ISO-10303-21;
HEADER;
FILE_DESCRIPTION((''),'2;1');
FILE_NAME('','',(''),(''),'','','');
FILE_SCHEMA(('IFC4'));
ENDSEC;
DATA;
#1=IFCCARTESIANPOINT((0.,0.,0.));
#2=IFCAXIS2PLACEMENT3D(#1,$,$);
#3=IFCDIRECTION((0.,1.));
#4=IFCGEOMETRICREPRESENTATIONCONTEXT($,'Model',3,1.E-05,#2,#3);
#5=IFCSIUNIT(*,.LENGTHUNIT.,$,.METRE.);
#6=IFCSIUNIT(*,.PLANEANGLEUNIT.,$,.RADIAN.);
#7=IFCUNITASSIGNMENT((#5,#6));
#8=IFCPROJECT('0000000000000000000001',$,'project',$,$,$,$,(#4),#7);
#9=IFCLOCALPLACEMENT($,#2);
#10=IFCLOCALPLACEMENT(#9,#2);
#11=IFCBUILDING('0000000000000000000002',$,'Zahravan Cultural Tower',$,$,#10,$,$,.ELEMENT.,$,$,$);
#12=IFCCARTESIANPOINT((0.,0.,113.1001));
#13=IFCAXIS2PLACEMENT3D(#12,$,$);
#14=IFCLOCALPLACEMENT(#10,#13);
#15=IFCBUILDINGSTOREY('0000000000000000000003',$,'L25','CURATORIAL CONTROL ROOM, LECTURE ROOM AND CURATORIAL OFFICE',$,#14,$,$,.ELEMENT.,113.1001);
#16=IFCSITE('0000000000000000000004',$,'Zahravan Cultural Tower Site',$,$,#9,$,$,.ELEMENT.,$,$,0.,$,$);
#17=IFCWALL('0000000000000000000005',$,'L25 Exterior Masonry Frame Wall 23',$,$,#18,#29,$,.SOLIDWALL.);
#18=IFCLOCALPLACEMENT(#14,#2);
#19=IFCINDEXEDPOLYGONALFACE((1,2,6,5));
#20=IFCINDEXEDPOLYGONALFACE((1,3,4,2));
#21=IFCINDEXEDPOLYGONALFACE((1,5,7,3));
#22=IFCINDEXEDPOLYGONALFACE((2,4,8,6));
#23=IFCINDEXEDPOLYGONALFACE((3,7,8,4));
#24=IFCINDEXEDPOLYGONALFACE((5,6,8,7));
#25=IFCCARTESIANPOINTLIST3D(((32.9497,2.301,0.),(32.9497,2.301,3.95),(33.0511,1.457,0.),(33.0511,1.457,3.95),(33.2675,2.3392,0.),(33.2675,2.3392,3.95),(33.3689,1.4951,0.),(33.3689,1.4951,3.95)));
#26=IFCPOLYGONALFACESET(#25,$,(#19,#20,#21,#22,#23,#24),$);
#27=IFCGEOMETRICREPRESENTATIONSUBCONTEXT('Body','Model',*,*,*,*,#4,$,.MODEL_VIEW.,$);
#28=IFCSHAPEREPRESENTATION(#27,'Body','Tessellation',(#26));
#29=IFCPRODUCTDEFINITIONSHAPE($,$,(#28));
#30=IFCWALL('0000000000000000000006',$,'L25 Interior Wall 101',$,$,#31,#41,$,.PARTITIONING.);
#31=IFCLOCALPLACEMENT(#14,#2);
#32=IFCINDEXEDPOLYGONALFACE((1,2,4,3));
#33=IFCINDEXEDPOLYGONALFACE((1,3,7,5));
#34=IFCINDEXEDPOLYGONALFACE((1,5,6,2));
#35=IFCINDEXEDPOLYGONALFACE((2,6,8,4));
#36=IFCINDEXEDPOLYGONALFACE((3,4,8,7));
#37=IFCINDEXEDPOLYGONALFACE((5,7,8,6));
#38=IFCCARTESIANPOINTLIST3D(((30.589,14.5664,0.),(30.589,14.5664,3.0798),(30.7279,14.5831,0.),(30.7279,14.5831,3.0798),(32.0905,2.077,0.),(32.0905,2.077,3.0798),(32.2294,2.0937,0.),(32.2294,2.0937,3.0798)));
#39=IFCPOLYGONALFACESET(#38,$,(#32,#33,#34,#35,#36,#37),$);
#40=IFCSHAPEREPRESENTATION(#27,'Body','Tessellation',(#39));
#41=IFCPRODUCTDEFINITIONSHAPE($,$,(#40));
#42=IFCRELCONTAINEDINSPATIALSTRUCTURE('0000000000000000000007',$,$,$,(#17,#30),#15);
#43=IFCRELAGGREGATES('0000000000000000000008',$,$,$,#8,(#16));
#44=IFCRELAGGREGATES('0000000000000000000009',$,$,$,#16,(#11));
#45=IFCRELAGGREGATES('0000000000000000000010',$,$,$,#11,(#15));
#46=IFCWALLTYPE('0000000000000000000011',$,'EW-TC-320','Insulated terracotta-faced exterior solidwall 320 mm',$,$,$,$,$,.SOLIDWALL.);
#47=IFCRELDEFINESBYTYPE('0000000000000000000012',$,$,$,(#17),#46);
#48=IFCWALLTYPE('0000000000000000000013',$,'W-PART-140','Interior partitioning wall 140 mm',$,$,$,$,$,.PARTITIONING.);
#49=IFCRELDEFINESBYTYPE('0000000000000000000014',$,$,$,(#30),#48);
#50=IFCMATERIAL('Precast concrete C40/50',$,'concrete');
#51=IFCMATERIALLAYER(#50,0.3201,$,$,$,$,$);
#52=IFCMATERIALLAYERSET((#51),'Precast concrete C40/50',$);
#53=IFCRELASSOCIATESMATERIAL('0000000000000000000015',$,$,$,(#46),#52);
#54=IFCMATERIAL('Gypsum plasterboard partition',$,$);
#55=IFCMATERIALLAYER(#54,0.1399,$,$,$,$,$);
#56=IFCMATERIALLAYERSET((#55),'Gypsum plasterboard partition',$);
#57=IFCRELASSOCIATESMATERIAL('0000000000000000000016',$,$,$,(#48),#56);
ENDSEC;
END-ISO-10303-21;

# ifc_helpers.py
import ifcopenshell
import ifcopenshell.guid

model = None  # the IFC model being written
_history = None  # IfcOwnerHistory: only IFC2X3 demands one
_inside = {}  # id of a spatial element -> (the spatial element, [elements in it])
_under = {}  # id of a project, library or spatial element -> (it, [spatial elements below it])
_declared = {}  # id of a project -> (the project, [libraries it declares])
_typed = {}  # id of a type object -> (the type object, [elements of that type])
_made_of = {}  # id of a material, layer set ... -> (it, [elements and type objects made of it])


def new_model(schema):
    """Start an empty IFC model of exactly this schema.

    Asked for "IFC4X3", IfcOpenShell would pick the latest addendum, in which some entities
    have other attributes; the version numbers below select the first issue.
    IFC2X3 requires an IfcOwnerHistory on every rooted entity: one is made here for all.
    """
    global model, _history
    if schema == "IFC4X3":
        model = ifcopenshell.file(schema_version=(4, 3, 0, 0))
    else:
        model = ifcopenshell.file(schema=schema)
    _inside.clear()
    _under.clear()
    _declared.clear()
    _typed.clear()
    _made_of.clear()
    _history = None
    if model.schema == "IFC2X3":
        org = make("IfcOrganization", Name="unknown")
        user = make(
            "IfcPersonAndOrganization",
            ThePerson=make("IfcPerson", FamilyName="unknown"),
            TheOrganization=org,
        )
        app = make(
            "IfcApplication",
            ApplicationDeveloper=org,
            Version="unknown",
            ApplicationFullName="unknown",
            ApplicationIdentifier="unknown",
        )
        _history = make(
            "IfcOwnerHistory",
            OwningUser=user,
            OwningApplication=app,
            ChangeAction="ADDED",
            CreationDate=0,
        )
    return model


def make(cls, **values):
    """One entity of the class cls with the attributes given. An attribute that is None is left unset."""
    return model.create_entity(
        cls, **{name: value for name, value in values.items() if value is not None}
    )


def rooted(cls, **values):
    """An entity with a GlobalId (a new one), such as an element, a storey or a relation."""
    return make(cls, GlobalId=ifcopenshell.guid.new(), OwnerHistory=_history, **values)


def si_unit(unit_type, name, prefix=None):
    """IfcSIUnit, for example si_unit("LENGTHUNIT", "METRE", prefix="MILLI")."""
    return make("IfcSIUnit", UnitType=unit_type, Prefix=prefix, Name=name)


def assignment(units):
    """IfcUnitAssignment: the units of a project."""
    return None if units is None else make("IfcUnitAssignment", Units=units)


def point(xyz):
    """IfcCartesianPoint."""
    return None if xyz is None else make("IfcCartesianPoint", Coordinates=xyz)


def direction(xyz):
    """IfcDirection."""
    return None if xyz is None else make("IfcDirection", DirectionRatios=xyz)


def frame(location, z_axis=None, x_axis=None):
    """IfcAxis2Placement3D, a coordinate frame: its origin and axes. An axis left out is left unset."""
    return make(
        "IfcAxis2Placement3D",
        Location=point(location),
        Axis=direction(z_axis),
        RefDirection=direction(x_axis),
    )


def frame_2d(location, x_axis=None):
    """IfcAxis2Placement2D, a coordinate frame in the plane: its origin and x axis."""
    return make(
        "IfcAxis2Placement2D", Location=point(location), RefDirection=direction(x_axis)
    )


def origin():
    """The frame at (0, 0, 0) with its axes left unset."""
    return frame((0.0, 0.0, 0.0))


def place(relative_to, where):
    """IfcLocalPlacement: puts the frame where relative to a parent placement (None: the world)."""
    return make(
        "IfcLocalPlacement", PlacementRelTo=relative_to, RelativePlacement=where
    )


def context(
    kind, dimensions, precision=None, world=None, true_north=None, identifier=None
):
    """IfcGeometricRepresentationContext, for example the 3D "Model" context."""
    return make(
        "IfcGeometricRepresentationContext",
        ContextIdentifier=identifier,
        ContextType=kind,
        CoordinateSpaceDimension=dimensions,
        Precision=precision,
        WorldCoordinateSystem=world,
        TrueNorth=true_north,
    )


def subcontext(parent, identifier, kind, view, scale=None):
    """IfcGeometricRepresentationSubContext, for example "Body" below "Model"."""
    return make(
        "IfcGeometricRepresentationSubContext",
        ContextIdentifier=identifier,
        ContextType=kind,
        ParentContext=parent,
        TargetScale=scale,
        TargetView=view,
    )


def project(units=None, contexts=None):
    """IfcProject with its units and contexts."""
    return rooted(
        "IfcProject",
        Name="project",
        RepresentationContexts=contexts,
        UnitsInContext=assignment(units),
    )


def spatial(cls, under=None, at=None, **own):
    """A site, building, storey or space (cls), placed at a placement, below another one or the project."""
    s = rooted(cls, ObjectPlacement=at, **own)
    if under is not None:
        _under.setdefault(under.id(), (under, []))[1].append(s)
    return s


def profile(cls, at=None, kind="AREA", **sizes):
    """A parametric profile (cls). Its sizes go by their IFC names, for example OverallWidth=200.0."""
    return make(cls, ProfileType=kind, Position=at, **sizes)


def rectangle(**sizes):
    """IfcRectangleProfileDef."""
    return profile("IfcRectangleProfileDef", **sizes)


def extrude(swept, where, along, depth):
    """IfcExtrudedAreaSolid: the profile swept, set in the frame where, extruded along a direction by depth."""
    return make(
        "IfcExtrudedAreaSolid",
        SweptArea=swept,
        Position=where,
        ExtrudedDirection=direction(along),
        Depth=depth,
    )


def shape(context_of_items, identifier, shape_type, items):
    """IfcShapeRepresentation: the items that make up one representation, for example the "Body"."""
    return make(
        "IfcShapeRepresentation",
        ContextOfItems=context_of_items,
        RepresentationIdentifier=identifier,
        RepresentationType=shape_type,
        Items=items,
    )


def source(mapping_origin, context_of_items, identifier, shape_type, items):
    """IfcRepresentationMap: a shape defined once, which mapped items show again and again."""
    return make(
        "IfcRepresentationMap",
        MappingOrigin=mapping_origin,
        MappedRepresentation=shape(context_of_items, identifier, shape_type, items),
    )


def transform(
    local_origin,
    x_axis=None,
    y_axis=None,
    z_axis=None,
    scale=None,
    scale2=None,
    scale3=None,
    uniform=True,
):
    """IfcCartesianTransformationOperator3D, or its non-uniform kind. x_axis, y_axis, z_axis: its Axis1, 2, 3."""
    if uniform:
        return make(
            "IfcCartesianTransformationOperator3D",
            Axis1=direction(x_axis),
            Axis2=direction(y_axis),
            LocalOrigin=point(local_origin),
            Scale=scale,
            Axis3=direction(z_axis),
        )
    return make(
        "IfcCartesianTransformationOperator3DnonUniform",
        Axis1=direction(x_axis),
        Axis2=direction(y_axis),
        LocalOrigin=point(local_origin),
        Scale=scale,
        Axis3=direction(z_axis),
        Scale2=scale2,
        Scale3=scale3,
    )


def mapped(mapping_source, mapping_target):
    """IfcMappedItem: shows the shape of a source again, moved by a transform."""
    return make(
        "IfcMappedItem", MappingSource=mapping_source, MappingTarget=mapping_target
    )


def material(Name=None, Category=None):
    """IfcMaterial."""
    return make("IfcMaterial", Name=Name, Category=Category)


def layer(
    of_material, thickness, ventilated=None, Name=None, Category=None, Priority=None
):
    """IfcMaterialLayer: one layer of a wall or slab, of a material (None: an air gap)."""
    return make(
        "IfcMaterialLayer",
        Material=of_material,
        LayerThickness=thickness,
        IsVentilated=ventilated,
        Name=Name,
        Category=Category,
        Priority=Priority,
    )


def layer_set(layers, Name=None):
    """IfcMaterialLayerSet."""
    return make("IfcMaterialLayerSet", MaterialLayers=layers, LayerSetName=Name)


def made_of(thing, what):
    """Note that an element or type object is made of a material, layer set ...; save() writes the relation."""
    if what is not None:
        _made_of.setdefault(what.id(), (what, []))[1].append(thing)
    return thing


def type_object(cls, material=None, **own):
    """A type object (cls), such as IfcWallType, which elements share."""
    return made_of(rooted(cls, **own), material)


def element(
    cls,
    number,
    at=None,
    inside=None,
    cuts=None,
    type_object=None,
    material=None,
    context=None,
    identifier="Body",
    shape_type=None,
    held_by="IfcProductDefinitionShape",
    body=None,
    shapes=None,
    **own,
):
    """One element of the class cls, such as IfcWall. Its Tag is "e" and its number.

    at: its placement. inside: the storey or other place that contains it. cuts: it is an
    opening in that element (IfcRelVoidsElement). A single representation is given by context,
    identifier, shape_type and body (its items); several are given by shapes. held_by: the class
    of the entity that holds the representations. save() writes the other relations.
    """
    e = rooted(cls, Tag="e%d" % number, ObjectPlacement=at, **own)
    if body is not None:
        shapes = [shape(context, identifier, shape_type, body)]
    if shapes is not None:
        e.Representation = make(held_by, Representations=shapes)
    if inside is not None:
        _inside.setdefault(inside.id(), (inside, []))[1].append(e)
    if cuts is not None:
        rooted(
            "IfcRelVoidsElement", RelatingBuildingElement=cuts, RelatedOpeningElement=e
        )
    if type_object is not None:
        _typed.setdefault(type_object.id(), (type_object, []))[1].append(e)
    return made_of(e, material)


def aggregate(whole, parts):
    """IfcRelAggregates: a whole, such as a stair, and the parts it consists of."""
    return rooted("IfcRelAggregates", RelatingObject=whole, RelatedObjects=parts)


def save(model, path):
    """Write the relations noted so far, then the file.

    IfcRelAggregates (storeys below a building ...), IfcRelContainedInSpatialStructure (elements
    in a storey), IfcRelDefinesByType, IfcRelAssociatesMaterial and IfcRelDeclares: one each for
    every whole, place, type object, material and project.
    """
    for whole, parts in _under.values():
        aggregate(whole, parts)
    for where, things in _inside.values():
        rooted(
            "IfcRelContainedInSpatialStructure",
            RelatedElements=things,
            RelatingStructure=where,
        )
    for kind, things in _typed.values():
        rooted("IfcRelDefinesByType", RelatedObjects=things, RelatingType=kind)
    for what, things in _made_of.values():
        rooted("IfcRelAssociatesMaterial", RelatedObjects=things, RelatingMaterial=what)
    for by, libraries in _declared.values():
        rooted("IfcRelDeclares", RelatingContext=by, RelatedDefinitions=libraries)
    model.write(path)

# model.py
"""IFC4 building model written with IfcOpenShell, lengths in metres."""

from ifc_helpers import new_model, si_unit, direction, frame, frame_2d, origin, place, context, subcontext, project, spatial, rectangle, extrude, source, transform, mapped, material, layer, layer_set, type_object, element, save


model = new_model("IFC4")

# Units and contexts
model_context = context("Model", 3, precision=1e-05, world=origin(), true_north=direction((0.0, 1.0)))
body_context = subcontext(model_context, "Body", "Model", "MODEL_VIEW")
ifc_project = project(units=[si_unit("LENGTHUNIT", "METRE"), si_unit("PLANEANGLEUNIT", "RADIAN")], contexts=[model_context])

# Site, building, storey
site_placement = place(None, origin())
site = spatial("IfcSite", under=ifc_project, at=site_placement, Name="Zahravan Cultural Tower Site", CompositionType="ELEMENT", RefElevation=0.0)
building_placement = place(site_placement, origin())
building = spatial("IfcBuilding", under=site, at=building_placement, Name="Zahravan Cultural Tower", CompositionType="ELEMENT")
storey_placement = place(building_placement, frame((0.0, 0.0, 113.1001)))
storey = spatial("IfcBuildingStorey", under=building, at=storey_placement, Name="L25", Description="CURATORIAL CONTROL ROOM, LECTURE ROOM AND CURATORIAL OFFICE", CompositionType="ELEMENT", Elevation=113.1001)

# Walls
ifc_material_1 = material(Name="Precast concrete C40/50", Category="concrete")
ifc_layer_1 = layer(ifc_material_1, 0.3201)
ifc_layer_set_1 = layer_set([ifc_layer_1], Name="Precast concrete C40/50")
wall_type_1 = type_object("IfcWallType", Name="EW-TC-320", Description="Insulated terracotta-faced exterior solidwall 320 mm", PredefinedType="SOLIDWALL", material=ifc_layer_set_1)
shared_shape_1 = source(origin(), body_context, "Body", "SweptSolid", [
    extrude(rectangle(XDim=0.8501, YDim=0.3201, at=frame_2d((0.425, 0.0))), origin(), (0.0, 0.0, 1.0), 3.95),
])
for number, where, z_axis, x_axis, name in (
    (1, (33.21, 1.4761, 0.0), (0.0, 0.0, 1.0), (-0.119191, 0.992871, 0.0), "L25 Exterior Masonry Frame Wall 23"),
):
    element("IfcWall", number, at=place(storey_placement, frame(where, z_axis=z_axis, x_axis=x_axis)), inside=storey, type_object=wall_type_1, Name=name, PredefinedType="SOLIDWALL", context=body_context, shape_type="MappedRepresentation", body=[
        mapped(shared_shape_1, transform((0.0, 0.0, 0.0), x_axis=(1.0, 0.0, 0.0), y_axis=(0.0, 1.0, 0.0), z_axis=(0.0, 0.0, 1.0), scale=1.0)),
    ])
ifc_material_2 = material(Name="Gypsum plasterboard partition")
ifc_layer_2 = layer(ifc_material_2, 0.1399)
ifc_layer_set_2 = layer_set([ifc_layer_2], Name="Gypsum plasterboard partition")
wall_type_2 = type_object("IfcWallType", Name="W-PART-140", Description="Interior partitioning wall 140 mm", PredefinedType="PARTITIONING", material=ifc_layer_set_2)
shared_shape_2 = source(origin(), body_context, "Body", "SweptSolid", [
    extrude(rectangle(XDim=12.5793, YDim=0.1399, at=frame_2d((6.2896, 0.0))), origin(), (0.0, 0.0, 1.0), 3.0798),
])
wall_1_placement = place(storey_placement, frame((32.1599, 2.0854, 0.0), z_axis=(0.0, 0.0, 1.0), x_axis=(-0.119359, 0.992851, 0.0)))
element("IfcWall", 2, at=wall_1_placement, inside=storey, type_object=wall_type_2, Name="L25 Interior Wall 101", PredefinedType="PARTITIONING", context=body_context, shape_type="MappedRepresentation", body=[
    mapped(shared_shape_2, transform((0.0, 0.0, 0.0), x_axis=(1.0, 0.0, 0.0), y_axis=(0.0, 1.0, 0.0), z_axis=(0.0, 0.0, 1.0), scale=1.0)),
])

save(model, "model.ifc")
